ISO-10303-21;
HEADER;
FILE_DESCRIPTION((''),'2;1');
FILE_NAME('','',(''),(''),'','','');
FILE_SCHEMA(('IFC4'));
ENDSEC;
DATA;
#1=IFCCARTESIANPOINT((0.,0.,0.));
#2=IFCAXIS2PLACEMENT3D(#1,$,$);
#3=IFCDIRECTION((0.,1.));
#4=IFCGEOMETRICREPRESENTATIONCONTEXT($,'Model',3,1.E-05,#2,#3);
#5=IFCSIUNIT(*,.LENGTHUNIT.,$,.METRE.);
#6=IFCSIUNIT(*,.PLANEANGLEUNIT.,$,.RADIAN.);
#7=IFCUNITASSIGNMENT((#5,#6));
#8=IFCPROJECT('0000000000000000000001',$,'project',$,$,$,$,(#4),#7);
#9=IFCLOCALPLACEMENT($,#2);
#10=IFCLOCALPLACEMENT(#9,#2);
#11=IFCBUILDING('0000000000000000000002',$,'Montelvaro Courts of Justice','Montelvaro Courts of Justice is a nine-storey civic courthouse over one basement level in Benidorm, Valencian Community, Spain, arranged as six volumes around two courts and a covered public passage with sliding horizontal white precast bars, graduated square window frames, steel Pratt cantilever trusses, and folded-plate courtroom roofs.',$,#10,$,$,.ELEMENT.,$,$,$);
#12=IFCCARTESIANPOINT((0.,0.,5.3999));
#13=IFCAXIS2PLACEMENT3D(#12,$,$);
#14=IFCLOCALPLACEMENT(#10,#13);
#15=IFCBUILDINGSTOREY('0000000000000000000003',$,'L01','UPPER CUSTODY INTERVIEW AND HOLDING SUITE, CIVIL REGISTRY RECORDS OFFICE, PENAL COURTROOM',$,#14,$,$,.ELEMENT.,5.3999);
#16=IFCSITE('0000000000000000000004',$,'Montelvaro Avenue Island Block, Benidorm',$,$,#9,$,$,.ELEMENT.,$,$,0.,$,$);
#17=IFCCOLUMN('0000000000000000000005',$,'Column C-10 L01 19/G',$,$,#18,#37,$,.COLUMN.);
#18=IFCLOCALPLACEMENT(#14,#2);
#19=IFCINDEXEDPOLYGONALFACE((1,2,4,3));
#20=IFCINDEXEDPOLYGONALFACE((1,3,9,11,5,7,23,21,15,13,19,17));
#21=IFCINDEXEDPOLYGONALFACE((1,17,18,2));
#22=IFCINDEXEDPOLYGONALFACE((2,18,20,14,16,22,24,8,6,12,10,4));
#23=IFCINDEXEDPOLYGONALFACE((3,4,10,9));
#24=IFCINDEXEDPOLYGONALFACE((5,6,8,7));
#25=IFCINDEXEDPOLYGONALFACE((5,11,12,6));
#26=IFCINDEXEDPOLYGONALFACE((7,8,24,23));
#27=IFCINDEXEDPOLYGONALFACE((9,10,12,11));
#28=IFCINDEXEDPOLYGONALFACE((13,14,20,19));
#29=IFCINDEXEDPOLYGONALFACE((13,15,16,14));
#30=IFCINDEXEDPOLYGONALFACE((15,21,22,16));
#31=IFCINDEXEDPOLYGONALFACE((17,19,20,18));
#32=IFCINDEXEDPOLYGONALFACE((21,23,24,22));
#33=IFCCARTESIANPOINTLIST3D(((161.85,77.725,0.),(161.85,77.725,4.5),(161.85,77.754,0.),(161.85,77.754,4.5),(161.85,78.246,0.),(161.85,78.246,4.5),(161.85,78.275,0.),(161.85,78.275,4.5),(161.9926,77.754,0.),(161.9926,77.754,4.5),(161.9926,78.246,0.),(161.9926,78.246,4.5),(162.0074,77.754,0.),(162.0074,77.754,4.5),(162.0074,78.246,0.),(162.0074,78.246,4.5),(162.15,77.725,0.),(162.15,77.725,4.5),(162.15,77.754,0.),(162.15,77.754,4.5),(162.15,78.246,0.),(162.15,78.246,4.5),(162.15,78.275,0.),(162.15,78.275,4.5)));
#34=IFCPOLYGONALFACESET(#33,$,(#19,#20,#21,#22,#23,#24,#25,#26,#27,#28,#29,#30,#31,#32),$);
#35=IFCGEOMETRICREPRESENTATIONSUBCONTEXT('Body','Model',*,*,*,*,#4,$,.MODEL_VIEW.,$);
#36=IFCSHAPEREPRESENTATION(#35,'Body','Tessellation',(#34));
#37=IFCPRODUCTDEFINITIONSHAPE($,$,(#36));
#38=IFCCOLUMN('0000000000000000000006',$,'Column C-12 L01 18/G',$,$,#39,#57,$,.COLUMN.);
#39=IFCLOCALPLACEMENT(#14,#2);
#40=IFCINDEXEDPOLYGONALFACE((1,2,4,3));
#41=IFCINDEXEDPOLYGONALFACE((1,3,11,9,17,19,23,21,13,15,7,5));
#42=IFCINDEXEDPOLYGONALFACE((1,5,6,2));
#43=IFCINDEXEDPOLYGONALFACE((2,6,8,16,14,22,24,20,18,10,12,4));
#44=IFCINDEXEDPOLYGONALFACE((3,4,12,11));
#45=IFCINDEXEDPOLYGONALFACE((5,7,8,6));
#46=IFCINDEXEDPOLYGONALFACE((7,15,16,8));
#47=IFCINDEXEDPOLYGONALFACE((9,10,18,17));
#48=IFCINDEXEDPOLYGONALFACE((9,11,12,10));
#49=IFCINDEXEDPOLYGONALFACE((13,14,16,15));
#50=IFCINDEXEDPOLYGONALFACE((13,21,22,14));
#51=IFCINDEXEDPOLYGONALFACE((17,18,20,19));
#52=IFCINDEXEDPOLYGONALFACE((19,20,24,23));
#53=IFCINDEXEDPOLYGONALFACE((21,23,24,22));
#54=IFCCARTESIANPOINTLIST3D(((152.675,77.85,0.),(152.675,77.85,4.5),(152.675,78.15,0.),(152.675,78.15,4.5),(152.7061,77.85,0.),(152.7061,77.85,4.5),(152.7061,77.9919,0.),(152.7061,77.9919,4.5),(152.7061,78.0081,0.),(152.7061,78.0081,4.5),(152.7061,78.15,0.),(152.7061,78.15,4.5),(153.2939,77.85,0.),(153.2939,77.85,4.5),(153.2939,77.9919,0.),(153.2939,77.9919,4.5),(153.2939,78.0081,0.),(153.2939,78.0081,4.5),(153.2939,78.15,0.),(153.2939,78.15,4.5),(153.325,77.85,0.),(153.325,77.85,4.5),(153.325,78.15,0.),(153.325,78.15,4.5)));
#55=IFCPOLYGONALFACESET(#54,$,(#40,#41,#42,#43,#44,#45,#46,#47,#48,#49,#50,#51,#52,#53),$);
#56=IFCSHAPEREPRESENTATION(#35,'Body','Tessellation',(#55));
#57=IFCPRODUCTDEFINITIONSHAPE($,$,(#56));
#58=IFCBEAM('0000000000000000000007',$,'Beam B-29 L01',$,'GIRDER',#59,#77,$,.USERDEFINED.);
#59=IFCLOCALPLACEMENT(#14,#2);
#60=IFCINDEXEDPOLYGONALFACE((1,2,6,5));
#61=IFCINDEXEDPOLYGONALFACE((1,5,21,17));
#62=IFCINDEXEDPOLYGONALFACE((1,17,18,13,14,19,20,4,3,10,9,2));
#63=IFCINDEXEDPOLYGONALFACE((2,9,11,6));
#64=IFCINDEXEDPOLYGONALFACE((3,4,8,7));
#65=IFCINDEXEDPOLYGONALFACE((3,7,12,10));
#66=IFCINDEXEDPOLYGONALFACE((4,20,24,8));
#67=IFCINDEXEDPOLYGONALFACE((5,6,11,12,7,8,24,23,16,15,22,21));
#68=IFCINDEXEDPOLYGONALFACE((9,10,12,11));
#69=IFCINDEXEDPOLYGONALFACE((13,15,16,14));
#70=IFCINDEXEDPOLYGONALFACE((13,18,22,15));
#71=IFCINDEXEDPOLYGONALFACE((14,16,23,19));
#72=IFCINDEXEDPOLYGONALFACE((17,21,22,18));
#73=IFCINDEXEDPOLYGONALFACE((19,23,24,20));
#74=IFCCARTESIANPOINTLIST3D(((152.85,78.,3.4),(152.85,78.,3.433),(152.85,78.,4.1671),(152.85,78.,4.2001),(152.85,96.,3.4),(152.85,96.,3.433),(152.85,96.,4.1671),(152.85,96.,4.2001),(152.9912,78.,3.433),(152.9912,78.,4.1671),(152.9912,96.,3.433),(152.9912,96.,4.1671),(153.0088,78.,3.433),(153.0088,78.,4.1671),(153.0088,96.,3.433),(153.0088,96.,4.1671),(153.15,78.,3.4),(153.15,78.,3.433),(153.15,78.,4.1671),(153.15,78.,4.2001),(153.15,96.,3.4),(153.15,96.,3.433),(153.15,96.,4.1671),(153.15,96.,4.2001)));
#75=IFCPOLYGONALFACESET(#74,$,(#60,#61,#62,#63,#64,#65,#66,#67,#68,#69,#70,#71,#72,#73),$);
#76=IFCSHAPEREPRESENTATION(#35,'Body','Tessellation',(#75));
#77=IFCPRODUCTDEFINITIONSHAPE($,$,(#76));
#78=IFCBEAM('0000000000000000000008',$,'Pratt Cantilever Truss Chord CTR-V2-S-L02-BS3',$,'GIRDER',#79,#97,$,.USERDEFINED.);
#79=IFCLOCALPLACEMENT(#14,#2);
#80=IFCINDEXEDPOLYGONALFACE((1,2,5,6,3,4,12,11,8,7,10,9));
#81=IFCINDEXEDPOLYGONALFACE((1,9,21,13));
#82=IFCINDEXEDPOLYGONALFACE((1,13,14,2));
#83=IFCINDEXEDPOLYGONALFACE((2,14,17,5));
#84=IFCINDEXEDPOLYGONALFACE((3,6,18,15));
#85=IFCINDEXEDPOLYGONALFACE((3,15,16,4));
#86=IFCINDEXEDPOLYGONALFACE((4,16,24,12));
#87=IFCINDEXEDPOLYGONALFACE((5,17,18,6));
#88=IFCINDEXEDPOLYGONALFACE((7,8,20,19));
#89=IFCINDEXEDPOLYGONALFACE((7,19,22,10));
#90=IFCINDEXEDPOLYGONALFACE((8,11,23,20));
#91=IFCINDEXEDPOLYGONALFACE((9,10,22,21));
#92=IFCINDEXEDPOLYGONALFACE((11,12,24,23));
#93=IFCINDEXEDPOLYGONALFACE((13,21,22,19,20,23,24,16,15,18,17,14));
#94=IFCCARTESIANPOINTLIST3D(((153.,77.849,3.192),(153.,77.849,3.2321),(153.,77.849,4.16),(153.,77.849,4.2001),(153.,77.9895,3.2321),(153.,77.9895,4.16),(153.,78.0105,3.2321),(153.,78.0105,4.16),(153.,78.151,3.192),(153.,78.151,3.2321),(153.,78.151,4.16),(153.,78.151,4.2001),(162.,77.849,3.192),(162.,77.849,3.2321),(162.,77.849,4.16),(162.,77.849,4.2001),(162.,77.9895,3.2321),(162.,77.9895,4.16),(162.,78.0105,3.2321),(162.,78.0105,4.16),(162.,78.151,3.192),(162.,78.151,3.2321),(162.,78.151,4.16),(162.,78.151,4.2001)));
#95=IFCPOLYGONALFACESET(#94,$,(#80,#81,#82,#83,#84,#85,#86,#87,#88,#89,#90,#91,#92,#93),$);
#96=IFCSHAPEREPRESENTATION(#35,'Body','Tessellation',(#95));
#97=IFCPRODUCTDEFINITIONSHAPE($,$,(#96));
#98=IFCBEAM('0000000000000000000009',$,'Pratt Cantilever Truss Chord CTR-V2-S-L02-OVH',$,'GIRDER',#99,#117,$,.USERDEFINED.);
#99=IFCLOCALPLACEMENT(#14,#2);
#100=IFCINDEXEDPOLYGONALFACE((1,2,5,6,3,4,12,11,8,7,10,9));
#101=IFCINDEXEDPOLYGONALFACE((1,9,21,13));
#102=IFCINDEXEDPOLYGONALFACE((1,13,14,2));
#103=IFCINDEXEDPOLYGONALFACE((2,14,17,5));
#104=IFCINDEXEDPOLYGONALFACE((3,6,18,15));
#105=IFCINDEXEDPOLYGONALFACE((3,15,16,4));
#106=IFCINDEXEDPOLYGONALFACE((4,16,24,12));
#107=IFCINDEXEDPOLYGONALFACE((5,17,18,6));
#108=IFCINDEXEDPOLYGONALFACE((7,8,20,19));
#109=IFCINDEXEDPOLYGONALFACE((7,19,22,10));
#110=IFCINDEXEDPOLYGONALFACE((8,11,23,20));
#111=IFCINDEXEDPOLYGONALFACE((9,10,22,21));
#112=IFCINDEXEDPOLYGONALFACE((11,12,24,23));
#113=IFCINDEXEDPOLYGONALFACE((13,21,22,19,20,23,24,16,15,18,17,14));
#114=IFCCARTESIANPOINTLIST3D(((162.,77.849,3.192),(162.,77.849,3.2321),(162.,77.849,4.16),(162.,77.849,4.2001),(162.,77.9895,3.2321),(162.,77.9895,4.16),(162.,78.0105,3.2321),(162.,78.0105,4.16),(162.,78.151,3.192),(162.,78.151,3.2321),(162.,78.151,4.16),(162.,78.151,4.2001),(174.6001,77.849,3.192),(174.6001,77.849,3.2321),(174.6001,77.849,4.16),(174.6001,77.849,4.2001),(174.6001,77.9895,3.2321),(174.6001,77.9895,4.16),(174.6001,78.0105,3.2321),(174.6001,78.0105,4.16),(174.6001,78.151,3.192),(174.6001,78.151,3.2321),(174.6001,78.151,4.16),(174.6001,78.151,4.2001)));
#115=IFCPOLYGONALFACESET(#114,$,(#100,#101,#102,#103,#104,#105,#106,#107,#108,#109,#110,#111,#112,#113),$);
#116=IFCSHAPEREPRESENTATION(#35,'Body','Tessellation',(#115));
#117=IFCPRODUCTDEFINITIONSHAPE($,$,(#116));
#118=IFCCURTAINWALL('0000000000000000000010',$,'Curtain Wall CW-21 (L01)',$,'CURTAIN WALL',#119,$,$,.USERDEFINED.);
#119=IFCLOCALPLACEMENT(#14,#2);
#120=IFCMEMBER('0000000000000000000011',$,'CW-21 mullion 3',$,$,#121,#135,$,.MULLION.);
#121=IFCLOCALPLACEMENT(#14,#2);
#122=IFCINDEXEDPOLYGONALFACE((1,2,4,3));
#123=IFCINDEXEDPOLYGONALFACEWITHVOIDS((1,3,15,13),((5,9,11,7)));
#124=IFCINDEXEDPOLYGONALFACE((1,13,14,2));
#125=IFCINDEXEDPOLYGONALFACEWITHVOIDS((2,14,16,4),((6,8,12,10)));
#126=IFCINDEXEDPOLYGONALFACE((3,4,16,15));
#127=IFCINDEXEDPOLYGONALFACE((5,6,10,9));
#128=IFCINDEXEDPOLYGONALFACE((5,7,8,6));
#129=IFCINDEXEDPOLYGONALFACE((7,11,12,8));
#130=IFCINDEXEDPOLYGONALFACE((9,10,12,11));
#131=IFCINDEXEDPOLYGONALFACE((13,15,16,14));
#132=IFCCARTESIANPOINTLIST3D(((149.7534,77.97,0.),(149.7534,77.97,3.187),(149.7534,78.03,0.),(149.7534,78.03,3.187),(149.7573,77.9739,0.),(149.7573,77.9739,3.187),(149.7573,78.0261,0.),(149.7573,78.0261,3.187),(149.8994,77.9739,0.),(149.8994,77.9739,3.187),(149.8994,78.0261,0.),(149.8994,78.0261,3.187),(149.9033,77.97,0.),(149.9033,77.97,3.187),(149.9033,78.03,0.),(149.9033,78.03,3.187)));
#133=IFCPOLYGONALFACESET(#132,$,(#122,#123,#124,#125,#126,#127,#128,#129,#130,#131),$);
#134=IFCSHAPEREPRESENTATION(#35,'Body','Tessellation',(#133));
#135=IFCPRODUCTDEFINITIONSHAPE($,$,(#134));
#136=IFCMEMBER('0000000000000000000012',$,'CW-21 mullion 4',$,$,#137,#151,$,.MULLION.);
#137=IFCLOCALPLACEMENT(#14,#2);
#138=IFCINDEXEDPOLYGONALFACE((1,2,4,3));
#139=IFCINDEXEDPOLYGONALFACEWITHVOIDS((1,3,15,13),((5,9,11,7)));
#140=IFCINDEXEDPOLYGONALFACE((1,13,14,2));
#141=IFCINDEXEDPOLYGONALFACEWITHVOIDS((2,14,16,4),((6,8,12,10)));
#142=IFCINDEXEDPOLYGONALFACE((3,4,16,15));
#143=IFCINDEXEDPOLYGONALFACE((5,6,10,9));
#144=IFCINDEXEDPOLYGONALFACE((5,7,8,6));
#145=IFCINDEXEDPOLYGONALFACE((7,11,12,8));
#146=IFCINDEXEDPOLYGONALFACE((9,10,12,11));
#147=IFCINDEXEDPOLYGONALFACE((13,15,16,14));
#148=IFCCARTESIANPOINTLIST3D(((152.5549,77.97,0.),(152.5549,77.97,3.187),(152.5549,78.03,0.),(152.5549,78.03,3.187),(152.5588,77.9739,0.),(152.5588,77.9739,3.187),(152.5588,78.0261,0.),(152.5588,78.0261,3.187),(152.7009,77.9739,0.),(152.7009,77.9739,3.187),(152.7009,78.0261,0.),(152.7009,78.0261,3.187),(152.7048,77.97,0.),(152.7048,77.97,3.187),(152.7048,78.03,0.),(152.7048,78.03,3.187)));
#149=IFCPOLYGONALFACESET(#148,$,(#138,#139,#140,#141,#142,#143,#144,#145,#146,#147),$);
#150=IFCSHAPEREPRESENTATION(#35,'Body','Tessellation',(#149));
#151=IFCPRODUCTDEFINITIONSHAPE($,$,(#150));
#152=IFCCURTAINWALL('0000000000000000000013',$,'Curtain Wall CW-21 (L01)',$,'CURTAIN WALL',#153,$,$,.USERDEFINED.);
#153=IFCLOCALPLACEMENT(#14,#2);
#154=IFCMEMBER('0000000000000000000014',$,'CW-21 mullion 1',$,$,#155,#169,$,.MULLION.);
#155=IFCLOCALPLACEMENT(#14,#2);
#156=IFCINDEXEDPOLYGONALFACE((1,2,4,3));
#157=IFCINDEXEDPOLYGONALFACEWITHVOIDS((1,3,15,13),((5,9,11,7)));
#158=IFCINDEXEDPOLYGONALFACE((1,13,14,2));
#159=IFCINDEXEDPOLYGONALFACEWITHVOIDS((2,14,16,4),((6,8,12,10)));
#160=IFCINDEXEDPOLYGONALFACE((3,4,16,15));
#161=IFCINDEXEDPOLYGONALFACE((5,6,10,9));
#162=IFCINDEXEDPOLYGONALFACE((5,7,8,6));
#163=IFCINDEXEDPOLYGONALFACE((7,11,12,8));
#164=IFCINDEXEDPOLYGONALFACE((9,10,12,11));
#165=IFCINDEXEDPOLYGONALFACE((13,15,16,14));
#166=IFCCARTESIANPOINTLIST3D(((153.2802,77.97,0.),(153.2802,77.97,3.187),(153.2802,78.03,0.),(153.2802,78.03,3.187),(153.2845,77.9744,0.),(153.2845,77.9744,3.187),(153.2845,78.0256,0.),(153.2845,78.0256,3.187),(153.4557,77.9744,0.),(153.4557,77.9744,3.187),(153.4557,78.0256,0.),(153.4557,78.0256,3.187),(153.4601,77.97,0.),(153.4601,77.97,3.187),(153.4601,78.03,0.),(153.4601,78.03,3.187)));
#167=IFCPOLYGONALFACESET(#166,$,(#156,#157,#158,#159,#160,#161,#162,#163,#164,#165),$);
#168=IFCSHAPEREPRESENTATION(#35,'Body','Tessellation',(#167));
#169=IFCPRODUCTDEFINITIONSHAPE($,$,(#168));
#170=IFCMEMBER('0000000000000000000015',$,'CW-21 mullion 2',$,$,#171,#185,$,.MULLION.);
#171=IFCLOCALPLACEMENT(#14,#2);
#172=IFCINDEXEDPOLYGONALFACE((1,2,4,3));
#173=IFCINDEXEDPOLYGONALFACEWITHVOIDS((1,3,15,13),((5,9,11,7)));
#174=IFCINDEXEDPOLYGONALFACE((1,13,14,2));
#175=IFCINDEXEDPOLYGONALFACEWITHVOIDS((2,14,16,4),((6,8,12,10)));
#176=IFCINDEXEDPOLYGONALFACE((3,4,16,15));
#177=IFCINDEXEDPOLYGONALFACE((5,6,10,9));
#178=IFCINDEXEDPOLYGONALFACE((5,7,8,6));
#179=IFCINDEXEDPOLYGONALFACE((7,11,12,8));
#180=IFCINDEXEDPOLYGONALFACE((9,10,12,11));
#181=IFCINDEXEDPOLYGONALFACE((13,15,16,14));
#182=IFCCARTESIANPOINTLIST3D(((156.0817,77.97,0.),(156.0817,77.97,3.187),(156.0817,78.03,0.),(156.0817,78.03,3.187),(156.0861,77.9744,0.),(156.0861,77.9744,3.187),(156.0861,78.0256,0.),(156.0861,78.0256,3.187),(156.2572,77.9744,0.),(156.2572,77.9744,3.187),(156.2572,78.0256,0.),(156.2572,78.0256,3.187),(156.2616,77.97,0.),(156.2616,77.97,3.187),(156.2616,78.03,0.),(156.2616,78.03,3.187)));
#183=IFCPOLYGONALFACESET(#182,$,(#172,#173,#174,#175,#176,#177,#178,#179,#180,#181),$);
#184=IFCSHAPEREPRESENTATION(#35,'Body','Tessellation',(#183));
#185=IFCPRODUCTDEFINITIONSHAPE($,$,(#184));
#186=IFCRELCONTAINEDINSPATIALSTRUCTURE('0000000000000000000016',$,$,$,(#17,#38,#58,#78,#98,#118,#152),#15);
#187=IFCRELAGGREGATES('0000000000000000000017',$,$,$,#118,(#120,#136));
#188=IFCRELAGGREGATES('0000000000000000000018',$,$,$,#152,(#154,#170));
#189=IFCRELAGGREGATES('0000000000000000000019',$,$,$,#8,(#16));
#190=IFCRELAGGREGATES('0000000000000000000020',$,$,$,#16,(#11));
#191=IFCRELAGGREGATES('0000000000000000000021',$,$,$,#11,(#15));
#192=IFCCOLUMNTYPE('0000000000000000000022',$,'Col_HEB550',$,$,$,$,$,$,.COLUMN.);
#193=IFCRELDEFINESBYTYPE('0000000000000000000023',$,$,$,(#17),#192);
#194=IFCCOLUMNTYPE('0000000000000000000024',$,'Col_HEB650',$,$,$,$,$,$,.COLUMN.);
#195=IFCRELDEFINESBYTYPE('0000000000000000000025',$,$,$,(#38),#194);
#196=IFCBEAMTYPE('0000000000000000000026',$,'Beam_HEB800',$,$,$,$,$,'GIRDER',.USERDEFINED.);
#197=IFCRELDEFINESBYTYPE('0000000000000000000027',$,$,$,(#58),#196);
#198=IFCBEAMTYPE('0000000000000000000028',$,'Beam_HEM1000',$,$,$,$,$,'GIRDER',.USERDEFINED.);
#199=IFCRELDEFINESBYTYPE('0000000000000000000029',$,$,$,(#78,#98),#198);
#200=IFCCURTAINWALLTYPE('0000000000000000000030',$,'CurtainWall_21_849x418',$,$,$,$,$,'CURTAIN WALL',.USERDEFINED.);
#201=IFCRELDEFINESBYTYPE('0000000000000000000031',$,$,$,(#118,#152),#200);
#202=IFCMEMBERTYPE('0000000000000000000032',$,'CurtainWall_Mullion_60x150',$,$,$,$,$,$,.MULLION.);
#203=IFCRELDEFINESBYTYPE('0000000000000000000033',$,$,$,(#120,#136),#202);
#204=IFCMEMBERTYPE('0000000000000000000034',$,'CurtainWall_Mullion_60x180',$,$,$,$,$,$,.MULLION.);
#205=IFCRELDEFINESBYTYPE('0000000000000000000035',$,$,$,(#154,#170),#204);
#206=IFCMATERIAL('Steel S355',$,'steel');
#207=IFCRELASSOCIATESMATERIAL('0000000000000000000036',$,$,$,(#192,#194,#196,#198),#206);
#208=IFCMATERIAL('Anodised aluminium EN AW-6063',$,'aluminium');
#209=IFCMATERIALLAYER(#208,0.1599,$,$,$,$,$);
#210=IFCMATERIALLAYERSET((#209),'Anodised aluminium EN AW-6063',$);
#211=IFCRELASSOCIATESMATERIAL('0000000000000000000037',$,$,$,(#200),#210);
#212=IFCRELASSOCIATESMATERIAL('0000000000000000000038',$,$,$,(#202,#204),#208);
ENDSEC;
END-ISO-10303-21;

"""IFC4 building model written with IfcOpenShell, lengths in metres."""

from ifc_helpers import new_model, si_unit, direction, frame, origin, origin_2d, place, context, subcontext, project, spatial, hollow_rectangle, i_section, extrude, material, layer, layer_set, material_profile, profile_set, type_object, element, aggregate, save


model = new_model("IFC4")

# Units and contexts
model_context = context("Model", 3, precision=1e-05, world=origin(), true_north=direction((0.0, 1.0)))
body_context = subcontext(model_context, "Body", "Model", "MODEL_VIEW")
ifc_project = project(units=[si_unit("LENGTHUNIT", "METRE"), si_unit("PLANEANGLEUNIT", "RADIAN")], contexts=[model_context])

# Site, building, storey
site_placement = place(None, origin())
site = spatial("IfcSite", under=ifc_project, at=site_placement, Name="Montelvaro Avenue Island Block, Benidorm", CompositionType="ELEMENT", RefElevation=0.0)
building_placement = place(site_placement, origin())
building = spatial("IfcBuilding", under=site, at=building_placement, Name="Montelvaro Courts of Justice", Description="Montelvaro Courts of Justice is a nine-storey civic courthouse over one basement level in Benidorm, Valencian Community, Spain, arranged as six volumes around two courts and a covered public passage with sliding horizontal white precast bars, graduated square window frames, steel Pratt cantilever trusses, and folded-plate courtroom roofs.", CompositionType="ELEMENT")
storey_placement = place(building_placement, frame((0.0, 0.0, 5.3999)))
storey = spatial("IfcBuildingStorey", under=building, at=storey_placement, Name="L01", Description="UPPER CUSTODY INTERVIEW AND HOLDING SUITE, CIVIL REGISTRY RECORDS OFFICE, PENAL COURTROOM", CompositionType="ELEMENT", Elevation=5.3999)

# Columns
ifc_material_1 = material(Name="Steel S355", Category="steel")
ifc_material_profile_1 = material_profile(ifc_material_1, i_section(OverallWidth=0.3, OverallDepth=0.55, WebThickness=0.0149, FlangeThickness=0.0291, at=origin_2d()), Name="HEB 550")
ifc_profile_set_1 = profile_set([ifc_material_profile_1], Name="Steel S355")
column_type_1 = type_object("IfcColumnType", Name="Col_HEB550", PredefinedType="COLUMN", material=ifc_profile_set_1)
column_1_placement = place(storey_placement, frame((162.0, 78.0, 0.0), z_axis=(0.0, 0.0, 1.0), x_axis=(1.0, 0.0, 0.0)))
element("IfcColumn", 1, at=column_1_placement, inside=storey, type_object=column_type_1, Name="Column C-10 L01 19/G", PredefinedType="COLUMN", context=body_context, shape_type="SweptSolid", body=[
    extrude(i_section(OverallWidth=0.3, OverallDepth=0.55, WebThickness=0.0149, FlangeThickness=0.0291, at=origin_2d()), origin(), (0.0, 0.0, 1.0), 4.5),
])
ifc_material_profile_2 = material_profile(ifc_material_1, i_section(OverallWidth=0.3, OverallDepth=0.6499, WebThickness=0.0161, FlangeThickness=0.031, at=origin_2d()), Name="HEB 650")
ifc_profile_set_2 = profile_set([ifc_material_profile_2], Name="Steel S355")
column_type_2 = type_object("IfcColumnType", Name="Col_HEB650", PredefinedType="COLUMN", material=ifc_profile_set_2)
column_2_placement = place(storey_placement, frame((153.0, 78.0, 0.0), z_axis=(0.0, 0.0, 1.0), x_axis=(0.0, 1.0, 0.0)))
element("IfcColumn", 2, at=column_2_placement, inside=storey, type_object=column_type_2, Name="Column C-12 L01 18/G", PredefinedType="COLUMN", context=body_context, shape_type="SweptSolid", body=[
    extrude(i_section(OverallWidth=0.3, OverallDepth=0.6499, WebThickness=0.0161, FlangeThickness=0.031, at=origin_2d()), origin(), (0.0, 0.0, 1.0), 4.5),
])

# Beams
ifc_material_profile_3 = material_profile(ifc_material_1, i_section(OverallWidth=0.3, OverallDepth=0.8, WebThickness=0.0176, FlangeThickness=0.033, at=origin_2d()), Name="HEB 800")
ifc_profile_set_3 = profile_set([ifc_material_profile_3], Name="Steel S355")
beam_type_1 = type_object("IfcBeamType", Name="Beam_HEB800", ElementType="GIRDER", PredefinedType="USERDEFINED", material=ifc_profile_set_3)
beam_1_placement = place(storey_placement, frame((153.0, 78.0, 3.8), z_axis=(0.0, 1.0, 0.0), x_axis=(-1.0, 0.0, 0.0)))
element("IfcBeam", 3, at=beam_1_placement, inside=storey, type_object=beam_type_1, Name="Beam B-29 L01", ObjectType="GIRDER", PredefinedType="USERDEFINED", context=body_context, shape_type="SweptSolid", body=[
    extrude(i_section(OverallWidth=0.3, OverallDepth=0.8, WebThickness=0.0176, FlangeThickness=0.033, at=origin_2d()), origin(), (0.0, 0.0, 1.0), 18.0),
])
ifc_material_profile_4 = material_profile(ifc_material_1, i_section(OverallWidth=0.302, OverallDepth=1.0081, WebThickness=0.021, FlangeThickness=0.04, at=origin_2d()), Name="HEM 1000")
ifc_profile_set_4 = profile_set([ifc_material_profile_4], Name="Steel S355")
beam_type_2 = type_object("IfcBeamType", Name="Beam_HEM1000", ElementType="GIRDER", PredefinedType="USERDEFINED", material=ifc_profile_set_4)
beam_2_placement = place(storey_placement, frame((153.0, 78.0, 3.696), z_axis=(1.0, 0.0, 0.0), x_axis=(0.0, 1.0, 0.0)))
element("IfcBeam", 4, at=beam_2_placement, inside=storey, type_object=beam_type_2, Name="Pratt Cantilever Truss Chord CTR-V2-S-L02-BS3", ObjectType="GIRDER", PredefinedType="USERDEFINED", context=body_context, shape_type="SweptSolid", body=[
    extrude(i_section(OverallWidth=0.302, OverallDepth=1.0081, WebThickness=0.021, FlangeThickness=0.04, at=origin_2d()), origin(), (0.0, 0.0, 1.0), 9.0),
])
beam_3_placement = place(storey_placement, frame((162.0, 78.0, 3.696), z_axis=(1.0, 0.0, 0.0), x_axis=(0.0, 1.0, 0.0)))
element("IfcBeam", 5, at=beam_3_placement, inside=storey, type_object=beam_type_2, Name="Pratt Cantilever Truss Chord CTR-V2-S-L02-OVH", ObjectType="GIRDER", PredefinedType="USERDEFINED", context=body_context, shape_type="SweptSolid", body=[
    extrude(i_section(OverallWidth=0.302, OverallDepth=1.0081, WebThickness=0.021, FlangeThickness=0.04, at=origin_2d()), origin(), (0.0, 0.0, 1.0), 12.6001),
])

# Curtain walls, members
ifc_material_2 = material(Name="Anodised aluminium EN AW-6063", Category="aluminium")
ifc_layer_1 = layer(ifc_material_2, 0.1599)
ifc_layer_set_1 = layer_set([ifc_layer_1], Name="Anodised aluminium EN AW-6063")
curtain_wall_type = type_object("IfcCurtainWallType", Name="CurtainWall_21_849x418", ElementType="CURTAIN WALL", PredefinedType="USERDEFINED", material=ifc_layer_set_1)
curtain_wall_1_placement = place(storey_placement, origin())
curtain_wall_1 = element("IfcCurtainWall", 6, at=curtain_wall_1_placement, inside=storey, type_object=curtain_wall_type, Name="Curtain Wall CW-21 (L01)", ObjectType="CURTAIN WALL", PredefinedType="USERDEFINED")
ifc_material_profile_5 = material_profile(ifc_material_2, hollow_rectangle(XDim=0.0601, YDim=0.1499, WallThickness=0.0039, at=origin_2d()), Name="ALU-M 60x150")
ifc_profile_set_5 = profile_set([ifc_material_profile_5], Name="Anodised aluminium EN AW-6063")
member_type_1 = type_object("IfcMemberType", Name="CurtainWall_Mullion_60x150", PredefinedType="MULLION", material=ifc_profile_set_5)
member_1_placement = place(storey_placement, frame((149.8284, 78.0, 0.0), z_axis=(0.0, 0.0, 1.0), x_axis=(0.0, 1.0, 0.0)))
member_1 = element("IfcMember", 7, at=member_1_placement, type_object=member_type_1, Name="CW-21 mullion 3", PredefinedType="MULLION", context=body_context, shape_type="SweptSolid", body=[
    extrude(hollow_rectangle(XDim=0.0601, YDim=0.1499, WallThickness=0.0039, at=origin_2d()), origin(), (0.0, 0.0, 1.0), 3.187),
])
member_2_placement = place(storey_placement, frame((152.6299, 78.0, 0.0), z_axis=(0.0, 0.0, 1.0), x_axis=(0.0, 1.0, 0.0)))
member_2 = element("IfcMember", 8, at=member_2_placement, type_object=member_type_1, Name="CW-21 mullion 4", PredefinedType="MULLION", context=body_context, shape_type="SweptSolid", body=[
    extrude(hollow_rectangle(XDim=0.0601, YDim=0.1499, WallThickness=0.0039, at=origin_2d()), origin(), (0.0, 0.0, 1.0), 3.187),
])
curtain_wall_2_placement = place(storey_placement, origin())
curtain_wall_2 = element("IfcCurtainWall", 9, at=curtain_wall_2_placement, inside=storey, type_object=curtain_wall_type, Name="Curtain Wall CW-21 (L01)", ObjectType="CURTAIN WALL", PredefinedType="USERDEFINED")
ifc_material_profile_6 = material_profile(ifc_material_2, hollow_rectangle(XDim=0.0601, YDim=0.1799, WallThickness=0.0044, at=origin_2d()), Name="ALU-M 60x180")
ifc_profile_set_6 = profile_set([ifc_material_profile_6], Name="Anodised aluminium EN AW-6063")
member_type_2 = type_object("IfcMemberType", Name="CurtainWall_Mullion_60x180", PredefinedType="MULLION", material=ifc_profile_set_6)
member_3_placement = place(storey_placement, frame((153.3701, 78.0, 0.0), z_axis=(0.0, 0.0, 1.0), x_axis=(0.0, 1.0, 0.0)))
member_3 = element("IfcMember", 10, at=member_3_placement, type_object=member_type_2, Name="CW-21 mullion 1", PredefinedType="MULLION", context=body_context, shape_type="SweptSolid", body=[
    extrude(hollow_rectangle(XDim=0.0601, YDim=0.1799, WallThickness=0.0044, at=origin_2d()), origin(), (0.0, 0.0, 1.0), 3.187),
])
member_4_placement = place(storey_placement, frame((156.1716, 78.0, 0.0), z_axis=(0.0, 0.0, 1.0), x_axis=(0.0, 1.0, 0.0)))
member_4 = element("IfcMember", 11, at=member_4_placement, type_object=member_type_2, Name="CW-21 mullion 2", PredefinedType="MULLION", context=body_context, shape_type="SweptSolid", body=[
    extrude(hollow_rectangle(XDim=0.0601, YDim=0.1799, WallThickness=0.0044, at=origin_2d()), origin(), (0.0, 0.0, 1.0), 3.187),
])

aggregate(curtain_wall_1, [member_1, member_2])
aggregate(curtain_wall_2, [member_3, member_4])

save(model, "model.ifc")
